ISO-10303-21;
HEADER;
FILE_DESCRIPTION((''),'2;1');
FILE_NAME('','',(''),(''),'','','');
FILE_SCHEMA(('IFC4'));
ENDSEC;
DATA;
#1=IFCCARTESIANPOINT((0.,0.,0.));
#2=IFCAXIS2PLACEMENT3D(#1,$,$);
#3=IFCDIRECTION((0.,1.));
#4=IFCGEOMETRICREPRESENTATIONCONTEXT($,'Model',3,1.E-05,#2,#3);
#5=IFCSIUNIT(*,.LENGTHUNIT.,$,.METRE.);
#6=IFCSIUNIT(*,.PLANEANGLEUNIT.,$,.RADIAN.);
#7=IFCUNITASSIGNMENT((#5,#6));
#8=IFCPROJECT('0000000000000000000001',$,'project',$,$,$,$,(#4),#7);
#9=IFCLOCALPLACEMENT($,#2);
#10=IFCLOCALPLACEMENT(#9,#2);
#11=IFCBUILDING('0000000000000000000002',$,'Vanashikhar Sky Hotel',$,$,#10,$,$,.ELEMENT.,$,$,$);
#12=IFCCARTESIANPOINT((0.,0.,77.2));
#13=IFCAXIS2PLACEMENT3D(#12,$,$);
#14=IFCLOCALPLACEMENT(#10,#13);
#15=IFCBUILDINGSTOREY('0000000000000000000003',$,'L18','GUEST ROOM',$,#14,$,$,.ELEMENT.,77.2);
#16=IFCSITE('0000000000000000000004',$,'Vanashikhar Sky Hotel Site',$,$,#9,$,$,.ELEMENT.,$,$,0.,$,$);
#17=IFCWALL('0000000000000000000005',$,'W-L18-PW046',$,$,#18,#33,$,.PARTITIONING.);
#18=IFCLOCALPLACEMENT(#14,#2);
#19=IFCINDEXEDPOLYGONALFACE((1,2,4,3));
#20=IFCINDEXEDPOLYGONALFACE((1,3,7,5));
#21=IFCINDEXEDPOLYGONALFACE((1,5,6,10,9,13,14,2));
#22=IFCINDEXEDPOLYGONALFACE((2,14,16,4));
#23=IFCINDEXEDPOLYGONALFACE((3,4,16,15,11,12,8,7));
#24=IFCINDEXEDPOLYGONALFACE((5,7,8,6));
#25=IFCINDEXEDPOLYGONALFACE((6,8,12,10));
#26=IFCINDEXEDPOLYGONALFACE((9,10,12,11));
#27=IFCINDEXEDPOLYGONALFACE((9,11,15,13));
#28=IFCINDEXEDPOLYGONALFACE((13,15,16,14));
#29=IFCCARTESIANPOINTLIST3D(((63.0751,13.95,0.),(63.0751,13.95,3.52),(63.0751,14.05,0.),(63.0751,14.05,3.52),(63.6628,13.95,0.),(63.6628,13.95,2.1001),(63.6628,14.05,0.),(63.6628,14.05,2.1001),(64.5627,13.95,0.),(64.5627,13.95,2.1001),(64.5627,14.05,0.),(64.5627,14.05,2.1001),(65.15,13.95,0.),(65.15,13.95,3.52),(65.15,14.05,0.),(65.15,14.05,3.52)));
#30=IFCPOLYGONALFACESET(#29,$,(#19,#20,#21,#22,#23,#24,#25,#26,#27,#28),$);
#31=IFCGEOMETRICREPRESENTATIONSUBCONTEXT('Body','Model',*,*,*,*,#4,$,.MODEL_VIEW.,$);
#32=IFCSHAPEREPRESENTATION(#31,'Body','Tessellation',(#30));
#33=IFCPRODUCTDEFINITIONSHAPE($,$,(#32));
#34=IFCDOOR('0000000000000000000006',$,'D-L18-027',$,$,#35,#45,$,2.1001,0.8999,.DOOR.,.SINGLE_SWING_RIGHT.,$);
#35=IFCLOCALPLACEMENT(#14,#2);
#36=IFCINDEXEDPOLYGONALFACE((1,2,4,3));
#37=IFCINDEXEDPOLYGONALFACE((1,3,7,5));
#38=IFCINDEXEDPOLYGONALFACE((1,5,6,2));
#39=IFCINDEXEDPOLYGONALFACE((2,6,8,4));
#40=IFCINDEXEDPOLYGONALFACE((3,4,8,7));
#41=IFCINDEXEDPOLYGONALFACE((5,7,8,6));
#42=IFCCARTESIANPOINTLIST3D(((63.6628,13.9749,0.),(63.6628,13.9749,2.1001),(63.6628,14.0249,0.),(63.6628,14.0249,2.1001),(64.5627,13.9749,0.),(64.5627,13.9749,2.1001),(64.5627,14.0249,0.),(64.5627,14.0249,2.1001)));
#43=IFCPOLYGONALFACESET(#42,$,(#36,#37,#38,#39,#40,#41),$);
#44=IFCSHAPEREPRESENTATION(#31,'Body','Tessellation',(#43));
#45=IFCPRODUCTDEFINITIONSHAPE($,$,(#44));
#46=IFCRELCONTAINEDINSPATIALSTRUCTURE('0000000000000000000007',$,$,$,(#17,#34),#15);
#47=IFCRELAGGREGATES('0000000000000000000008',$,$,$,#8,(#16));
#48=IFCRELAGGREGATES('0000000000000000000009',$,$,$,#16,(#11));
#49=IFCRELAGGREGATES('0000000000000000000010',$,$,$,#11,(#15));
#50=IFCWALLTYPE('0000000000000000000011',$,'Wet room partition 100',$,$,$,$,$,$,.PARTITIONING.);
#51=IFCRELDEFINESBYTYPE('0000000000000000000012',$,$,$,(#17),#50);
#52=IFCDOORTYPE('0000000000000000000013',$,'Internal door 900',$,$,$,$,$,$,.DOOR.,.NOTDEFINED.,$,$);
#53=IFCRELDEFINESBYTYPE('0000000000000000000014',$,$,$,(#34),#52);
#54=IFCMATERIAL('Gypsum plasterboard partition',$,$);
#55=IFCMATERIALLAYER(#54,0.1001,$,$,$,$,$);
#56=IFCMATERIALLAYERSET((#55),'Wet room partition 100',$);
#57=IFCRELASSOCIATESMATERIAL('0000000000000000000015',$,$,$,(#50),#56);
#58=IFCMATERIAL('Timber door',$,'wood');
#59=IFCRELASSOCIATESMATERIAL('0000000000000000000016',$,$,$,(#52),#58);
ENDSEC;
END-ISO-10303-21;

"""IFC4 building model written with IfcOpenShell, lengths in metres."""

from ifc_helpers import new_model, si_unit, direction, frame, frame_2d, origin, place, context, subcontext, project, spatial, rectangle, extrude, source, transform, mapped, material, layer, layer_set, type_object, element, fill, save


model = new_model("IFC4")

# Units and contexts
model_context = context("Model", 3, precision=1e-05, world=origin(), true_north=direction((0.0, 1.0)))
body_context = subcontext(model_context, "Body", "Model", "MODEL_VIEW")
ifc_project = project(units=[si_unit("LENGTHUNIT", "METRE"), si_unit("PLANEANGLEUNIT", "RADIAN")], contexts=[model_context])

# Site, building, storey
site_placement = place(None, origin())
site = spatial("IfcSite", under=ifc_project, at=site_placement, Name="Vanashikhar Sky Hotel Site", CompositionType="ELEMENT", RefElevation=0.0)
building_placement = place(site_placement, origin())
building = spatial("IfcBuilding", under=site, at=building_placement, Name="Vanashikhar Sky Hotel", CompositionType="ELEMENT")
storey_placement = place(building_placement, frame((0.0, 0.0, 77.2)))
storey = spatial("IfcBuildingStorey", under=building, at=storey_placement, Name="L18", Description="GUEST ROOM", CompositionType="ELEMENT", Elevation=77.2)

# Shared definitions
ifc_material_1 = material(Name="Gypsum plasterboard partition")

# Wall, opening, door
ifc_layer_1 = layer(ifc_material_1, 0.1001)
ifc_layer_set_1 = layer_set([ifc_layer_1], Name="Wet room partition 100")
wall_type_1 = type_object("IfcWallType", Name="Wet room partition 100", PredefinedType="PARTITIONING", material=ifc_layer_set_1)
shared_shape_1 = source(origin(), body_context, "Body", "SweptSolid", [
    extrude(rectangle(XDim=2.075, YDim=0.1001, at=frame_2d((1.0376, 0.0))), origin(), (0.0, 0.0, 1.0), 3.52),
])
shared_shape_2 = source(origin(), body_context, "Body", "SweptSolid", [
    extrude(rectangle(XDim=0.8999, YDim=2.1001, at=frame_2d((0.45, 1.05))), frame((0.0, 0.0601, 0.0), z_axis=(0.0, -1.0, 0.0), x_axis=(1.0, 0.0, 0.0)), (0.0, 0.0, 1.0), 0.1201),
])
ifc_material_2 = material(Name="Timber door", Category="wood")
door_type_1 = type_object("IfcDoorType", Name="Internal door 900", OperationType="NOTDEFINED", PredefinedType="DOOR", material=ifc_material_2)
shared_shape_3 = source(origin(), body_context, "Body", "SweptSolid", [
    extrude(rectangle(XDim=0.8999, YDim=2.1001, at=frame_2d((0.45, 1.05))), frame((0.0, 0.0249, 0.0), z_axis=(0.0, -1.0, 0.0), x_axis=(1.0, 0.0, 0.0)), (0.0, 0.0, 1.0), 0.05),
])
wall_1_placement = place(storey_placement, frame((63.075, 14.0, 0.0), z_axis=(0.0, 0.0, 1.0), x_axis=(1.0, 0.0, 0.0)))
wall_1 = element("IfcWall", 1, at=wall_1_placement, inside=storey, type_object=wall_type_1, Name="W-L18-PW046", PredefinedType="PARTITIONING", context=body_context, shape_type="MappedRepresentation", body=[
    mapped(shared_shape_1, transform((0.0, 0.0, 0.0), scale=1.0)),
])
opening_1_placement = place(wall_1_placement, frame((0.5879, 0.0, 0.0)))
opening_1 = element("IfcOpeningElement", 2, at=opening_1_placement, cuts=wall_1, PredefinedType="OPENING", context=body_context, shape_type="MappedRepresentation", body=[
    mapped(shared_shape_2, transform((0.0, 0.0, 0.0), scale=1.0)),
])
door_1_placement = place(opening_1_placement, origin())
door_1 = element("IfcDoor", 3, at=door_1_placement, inside=storey, type_object=door_type_1, Name="D-L18-027", OperationType="SINGLE_SWING_RIGHT", OverallHeight=2.1001, OverallWidth=0.8999, PredefinedType="DOOR", context=body_context, shape_type="MappedRepresentation", body=[
    mapped(shared_shape_3, transform((0.0, 0.0, 0.0), scale=1.0)),
])
fill(opening_1, door_1)

save(model, "model.ifc")
